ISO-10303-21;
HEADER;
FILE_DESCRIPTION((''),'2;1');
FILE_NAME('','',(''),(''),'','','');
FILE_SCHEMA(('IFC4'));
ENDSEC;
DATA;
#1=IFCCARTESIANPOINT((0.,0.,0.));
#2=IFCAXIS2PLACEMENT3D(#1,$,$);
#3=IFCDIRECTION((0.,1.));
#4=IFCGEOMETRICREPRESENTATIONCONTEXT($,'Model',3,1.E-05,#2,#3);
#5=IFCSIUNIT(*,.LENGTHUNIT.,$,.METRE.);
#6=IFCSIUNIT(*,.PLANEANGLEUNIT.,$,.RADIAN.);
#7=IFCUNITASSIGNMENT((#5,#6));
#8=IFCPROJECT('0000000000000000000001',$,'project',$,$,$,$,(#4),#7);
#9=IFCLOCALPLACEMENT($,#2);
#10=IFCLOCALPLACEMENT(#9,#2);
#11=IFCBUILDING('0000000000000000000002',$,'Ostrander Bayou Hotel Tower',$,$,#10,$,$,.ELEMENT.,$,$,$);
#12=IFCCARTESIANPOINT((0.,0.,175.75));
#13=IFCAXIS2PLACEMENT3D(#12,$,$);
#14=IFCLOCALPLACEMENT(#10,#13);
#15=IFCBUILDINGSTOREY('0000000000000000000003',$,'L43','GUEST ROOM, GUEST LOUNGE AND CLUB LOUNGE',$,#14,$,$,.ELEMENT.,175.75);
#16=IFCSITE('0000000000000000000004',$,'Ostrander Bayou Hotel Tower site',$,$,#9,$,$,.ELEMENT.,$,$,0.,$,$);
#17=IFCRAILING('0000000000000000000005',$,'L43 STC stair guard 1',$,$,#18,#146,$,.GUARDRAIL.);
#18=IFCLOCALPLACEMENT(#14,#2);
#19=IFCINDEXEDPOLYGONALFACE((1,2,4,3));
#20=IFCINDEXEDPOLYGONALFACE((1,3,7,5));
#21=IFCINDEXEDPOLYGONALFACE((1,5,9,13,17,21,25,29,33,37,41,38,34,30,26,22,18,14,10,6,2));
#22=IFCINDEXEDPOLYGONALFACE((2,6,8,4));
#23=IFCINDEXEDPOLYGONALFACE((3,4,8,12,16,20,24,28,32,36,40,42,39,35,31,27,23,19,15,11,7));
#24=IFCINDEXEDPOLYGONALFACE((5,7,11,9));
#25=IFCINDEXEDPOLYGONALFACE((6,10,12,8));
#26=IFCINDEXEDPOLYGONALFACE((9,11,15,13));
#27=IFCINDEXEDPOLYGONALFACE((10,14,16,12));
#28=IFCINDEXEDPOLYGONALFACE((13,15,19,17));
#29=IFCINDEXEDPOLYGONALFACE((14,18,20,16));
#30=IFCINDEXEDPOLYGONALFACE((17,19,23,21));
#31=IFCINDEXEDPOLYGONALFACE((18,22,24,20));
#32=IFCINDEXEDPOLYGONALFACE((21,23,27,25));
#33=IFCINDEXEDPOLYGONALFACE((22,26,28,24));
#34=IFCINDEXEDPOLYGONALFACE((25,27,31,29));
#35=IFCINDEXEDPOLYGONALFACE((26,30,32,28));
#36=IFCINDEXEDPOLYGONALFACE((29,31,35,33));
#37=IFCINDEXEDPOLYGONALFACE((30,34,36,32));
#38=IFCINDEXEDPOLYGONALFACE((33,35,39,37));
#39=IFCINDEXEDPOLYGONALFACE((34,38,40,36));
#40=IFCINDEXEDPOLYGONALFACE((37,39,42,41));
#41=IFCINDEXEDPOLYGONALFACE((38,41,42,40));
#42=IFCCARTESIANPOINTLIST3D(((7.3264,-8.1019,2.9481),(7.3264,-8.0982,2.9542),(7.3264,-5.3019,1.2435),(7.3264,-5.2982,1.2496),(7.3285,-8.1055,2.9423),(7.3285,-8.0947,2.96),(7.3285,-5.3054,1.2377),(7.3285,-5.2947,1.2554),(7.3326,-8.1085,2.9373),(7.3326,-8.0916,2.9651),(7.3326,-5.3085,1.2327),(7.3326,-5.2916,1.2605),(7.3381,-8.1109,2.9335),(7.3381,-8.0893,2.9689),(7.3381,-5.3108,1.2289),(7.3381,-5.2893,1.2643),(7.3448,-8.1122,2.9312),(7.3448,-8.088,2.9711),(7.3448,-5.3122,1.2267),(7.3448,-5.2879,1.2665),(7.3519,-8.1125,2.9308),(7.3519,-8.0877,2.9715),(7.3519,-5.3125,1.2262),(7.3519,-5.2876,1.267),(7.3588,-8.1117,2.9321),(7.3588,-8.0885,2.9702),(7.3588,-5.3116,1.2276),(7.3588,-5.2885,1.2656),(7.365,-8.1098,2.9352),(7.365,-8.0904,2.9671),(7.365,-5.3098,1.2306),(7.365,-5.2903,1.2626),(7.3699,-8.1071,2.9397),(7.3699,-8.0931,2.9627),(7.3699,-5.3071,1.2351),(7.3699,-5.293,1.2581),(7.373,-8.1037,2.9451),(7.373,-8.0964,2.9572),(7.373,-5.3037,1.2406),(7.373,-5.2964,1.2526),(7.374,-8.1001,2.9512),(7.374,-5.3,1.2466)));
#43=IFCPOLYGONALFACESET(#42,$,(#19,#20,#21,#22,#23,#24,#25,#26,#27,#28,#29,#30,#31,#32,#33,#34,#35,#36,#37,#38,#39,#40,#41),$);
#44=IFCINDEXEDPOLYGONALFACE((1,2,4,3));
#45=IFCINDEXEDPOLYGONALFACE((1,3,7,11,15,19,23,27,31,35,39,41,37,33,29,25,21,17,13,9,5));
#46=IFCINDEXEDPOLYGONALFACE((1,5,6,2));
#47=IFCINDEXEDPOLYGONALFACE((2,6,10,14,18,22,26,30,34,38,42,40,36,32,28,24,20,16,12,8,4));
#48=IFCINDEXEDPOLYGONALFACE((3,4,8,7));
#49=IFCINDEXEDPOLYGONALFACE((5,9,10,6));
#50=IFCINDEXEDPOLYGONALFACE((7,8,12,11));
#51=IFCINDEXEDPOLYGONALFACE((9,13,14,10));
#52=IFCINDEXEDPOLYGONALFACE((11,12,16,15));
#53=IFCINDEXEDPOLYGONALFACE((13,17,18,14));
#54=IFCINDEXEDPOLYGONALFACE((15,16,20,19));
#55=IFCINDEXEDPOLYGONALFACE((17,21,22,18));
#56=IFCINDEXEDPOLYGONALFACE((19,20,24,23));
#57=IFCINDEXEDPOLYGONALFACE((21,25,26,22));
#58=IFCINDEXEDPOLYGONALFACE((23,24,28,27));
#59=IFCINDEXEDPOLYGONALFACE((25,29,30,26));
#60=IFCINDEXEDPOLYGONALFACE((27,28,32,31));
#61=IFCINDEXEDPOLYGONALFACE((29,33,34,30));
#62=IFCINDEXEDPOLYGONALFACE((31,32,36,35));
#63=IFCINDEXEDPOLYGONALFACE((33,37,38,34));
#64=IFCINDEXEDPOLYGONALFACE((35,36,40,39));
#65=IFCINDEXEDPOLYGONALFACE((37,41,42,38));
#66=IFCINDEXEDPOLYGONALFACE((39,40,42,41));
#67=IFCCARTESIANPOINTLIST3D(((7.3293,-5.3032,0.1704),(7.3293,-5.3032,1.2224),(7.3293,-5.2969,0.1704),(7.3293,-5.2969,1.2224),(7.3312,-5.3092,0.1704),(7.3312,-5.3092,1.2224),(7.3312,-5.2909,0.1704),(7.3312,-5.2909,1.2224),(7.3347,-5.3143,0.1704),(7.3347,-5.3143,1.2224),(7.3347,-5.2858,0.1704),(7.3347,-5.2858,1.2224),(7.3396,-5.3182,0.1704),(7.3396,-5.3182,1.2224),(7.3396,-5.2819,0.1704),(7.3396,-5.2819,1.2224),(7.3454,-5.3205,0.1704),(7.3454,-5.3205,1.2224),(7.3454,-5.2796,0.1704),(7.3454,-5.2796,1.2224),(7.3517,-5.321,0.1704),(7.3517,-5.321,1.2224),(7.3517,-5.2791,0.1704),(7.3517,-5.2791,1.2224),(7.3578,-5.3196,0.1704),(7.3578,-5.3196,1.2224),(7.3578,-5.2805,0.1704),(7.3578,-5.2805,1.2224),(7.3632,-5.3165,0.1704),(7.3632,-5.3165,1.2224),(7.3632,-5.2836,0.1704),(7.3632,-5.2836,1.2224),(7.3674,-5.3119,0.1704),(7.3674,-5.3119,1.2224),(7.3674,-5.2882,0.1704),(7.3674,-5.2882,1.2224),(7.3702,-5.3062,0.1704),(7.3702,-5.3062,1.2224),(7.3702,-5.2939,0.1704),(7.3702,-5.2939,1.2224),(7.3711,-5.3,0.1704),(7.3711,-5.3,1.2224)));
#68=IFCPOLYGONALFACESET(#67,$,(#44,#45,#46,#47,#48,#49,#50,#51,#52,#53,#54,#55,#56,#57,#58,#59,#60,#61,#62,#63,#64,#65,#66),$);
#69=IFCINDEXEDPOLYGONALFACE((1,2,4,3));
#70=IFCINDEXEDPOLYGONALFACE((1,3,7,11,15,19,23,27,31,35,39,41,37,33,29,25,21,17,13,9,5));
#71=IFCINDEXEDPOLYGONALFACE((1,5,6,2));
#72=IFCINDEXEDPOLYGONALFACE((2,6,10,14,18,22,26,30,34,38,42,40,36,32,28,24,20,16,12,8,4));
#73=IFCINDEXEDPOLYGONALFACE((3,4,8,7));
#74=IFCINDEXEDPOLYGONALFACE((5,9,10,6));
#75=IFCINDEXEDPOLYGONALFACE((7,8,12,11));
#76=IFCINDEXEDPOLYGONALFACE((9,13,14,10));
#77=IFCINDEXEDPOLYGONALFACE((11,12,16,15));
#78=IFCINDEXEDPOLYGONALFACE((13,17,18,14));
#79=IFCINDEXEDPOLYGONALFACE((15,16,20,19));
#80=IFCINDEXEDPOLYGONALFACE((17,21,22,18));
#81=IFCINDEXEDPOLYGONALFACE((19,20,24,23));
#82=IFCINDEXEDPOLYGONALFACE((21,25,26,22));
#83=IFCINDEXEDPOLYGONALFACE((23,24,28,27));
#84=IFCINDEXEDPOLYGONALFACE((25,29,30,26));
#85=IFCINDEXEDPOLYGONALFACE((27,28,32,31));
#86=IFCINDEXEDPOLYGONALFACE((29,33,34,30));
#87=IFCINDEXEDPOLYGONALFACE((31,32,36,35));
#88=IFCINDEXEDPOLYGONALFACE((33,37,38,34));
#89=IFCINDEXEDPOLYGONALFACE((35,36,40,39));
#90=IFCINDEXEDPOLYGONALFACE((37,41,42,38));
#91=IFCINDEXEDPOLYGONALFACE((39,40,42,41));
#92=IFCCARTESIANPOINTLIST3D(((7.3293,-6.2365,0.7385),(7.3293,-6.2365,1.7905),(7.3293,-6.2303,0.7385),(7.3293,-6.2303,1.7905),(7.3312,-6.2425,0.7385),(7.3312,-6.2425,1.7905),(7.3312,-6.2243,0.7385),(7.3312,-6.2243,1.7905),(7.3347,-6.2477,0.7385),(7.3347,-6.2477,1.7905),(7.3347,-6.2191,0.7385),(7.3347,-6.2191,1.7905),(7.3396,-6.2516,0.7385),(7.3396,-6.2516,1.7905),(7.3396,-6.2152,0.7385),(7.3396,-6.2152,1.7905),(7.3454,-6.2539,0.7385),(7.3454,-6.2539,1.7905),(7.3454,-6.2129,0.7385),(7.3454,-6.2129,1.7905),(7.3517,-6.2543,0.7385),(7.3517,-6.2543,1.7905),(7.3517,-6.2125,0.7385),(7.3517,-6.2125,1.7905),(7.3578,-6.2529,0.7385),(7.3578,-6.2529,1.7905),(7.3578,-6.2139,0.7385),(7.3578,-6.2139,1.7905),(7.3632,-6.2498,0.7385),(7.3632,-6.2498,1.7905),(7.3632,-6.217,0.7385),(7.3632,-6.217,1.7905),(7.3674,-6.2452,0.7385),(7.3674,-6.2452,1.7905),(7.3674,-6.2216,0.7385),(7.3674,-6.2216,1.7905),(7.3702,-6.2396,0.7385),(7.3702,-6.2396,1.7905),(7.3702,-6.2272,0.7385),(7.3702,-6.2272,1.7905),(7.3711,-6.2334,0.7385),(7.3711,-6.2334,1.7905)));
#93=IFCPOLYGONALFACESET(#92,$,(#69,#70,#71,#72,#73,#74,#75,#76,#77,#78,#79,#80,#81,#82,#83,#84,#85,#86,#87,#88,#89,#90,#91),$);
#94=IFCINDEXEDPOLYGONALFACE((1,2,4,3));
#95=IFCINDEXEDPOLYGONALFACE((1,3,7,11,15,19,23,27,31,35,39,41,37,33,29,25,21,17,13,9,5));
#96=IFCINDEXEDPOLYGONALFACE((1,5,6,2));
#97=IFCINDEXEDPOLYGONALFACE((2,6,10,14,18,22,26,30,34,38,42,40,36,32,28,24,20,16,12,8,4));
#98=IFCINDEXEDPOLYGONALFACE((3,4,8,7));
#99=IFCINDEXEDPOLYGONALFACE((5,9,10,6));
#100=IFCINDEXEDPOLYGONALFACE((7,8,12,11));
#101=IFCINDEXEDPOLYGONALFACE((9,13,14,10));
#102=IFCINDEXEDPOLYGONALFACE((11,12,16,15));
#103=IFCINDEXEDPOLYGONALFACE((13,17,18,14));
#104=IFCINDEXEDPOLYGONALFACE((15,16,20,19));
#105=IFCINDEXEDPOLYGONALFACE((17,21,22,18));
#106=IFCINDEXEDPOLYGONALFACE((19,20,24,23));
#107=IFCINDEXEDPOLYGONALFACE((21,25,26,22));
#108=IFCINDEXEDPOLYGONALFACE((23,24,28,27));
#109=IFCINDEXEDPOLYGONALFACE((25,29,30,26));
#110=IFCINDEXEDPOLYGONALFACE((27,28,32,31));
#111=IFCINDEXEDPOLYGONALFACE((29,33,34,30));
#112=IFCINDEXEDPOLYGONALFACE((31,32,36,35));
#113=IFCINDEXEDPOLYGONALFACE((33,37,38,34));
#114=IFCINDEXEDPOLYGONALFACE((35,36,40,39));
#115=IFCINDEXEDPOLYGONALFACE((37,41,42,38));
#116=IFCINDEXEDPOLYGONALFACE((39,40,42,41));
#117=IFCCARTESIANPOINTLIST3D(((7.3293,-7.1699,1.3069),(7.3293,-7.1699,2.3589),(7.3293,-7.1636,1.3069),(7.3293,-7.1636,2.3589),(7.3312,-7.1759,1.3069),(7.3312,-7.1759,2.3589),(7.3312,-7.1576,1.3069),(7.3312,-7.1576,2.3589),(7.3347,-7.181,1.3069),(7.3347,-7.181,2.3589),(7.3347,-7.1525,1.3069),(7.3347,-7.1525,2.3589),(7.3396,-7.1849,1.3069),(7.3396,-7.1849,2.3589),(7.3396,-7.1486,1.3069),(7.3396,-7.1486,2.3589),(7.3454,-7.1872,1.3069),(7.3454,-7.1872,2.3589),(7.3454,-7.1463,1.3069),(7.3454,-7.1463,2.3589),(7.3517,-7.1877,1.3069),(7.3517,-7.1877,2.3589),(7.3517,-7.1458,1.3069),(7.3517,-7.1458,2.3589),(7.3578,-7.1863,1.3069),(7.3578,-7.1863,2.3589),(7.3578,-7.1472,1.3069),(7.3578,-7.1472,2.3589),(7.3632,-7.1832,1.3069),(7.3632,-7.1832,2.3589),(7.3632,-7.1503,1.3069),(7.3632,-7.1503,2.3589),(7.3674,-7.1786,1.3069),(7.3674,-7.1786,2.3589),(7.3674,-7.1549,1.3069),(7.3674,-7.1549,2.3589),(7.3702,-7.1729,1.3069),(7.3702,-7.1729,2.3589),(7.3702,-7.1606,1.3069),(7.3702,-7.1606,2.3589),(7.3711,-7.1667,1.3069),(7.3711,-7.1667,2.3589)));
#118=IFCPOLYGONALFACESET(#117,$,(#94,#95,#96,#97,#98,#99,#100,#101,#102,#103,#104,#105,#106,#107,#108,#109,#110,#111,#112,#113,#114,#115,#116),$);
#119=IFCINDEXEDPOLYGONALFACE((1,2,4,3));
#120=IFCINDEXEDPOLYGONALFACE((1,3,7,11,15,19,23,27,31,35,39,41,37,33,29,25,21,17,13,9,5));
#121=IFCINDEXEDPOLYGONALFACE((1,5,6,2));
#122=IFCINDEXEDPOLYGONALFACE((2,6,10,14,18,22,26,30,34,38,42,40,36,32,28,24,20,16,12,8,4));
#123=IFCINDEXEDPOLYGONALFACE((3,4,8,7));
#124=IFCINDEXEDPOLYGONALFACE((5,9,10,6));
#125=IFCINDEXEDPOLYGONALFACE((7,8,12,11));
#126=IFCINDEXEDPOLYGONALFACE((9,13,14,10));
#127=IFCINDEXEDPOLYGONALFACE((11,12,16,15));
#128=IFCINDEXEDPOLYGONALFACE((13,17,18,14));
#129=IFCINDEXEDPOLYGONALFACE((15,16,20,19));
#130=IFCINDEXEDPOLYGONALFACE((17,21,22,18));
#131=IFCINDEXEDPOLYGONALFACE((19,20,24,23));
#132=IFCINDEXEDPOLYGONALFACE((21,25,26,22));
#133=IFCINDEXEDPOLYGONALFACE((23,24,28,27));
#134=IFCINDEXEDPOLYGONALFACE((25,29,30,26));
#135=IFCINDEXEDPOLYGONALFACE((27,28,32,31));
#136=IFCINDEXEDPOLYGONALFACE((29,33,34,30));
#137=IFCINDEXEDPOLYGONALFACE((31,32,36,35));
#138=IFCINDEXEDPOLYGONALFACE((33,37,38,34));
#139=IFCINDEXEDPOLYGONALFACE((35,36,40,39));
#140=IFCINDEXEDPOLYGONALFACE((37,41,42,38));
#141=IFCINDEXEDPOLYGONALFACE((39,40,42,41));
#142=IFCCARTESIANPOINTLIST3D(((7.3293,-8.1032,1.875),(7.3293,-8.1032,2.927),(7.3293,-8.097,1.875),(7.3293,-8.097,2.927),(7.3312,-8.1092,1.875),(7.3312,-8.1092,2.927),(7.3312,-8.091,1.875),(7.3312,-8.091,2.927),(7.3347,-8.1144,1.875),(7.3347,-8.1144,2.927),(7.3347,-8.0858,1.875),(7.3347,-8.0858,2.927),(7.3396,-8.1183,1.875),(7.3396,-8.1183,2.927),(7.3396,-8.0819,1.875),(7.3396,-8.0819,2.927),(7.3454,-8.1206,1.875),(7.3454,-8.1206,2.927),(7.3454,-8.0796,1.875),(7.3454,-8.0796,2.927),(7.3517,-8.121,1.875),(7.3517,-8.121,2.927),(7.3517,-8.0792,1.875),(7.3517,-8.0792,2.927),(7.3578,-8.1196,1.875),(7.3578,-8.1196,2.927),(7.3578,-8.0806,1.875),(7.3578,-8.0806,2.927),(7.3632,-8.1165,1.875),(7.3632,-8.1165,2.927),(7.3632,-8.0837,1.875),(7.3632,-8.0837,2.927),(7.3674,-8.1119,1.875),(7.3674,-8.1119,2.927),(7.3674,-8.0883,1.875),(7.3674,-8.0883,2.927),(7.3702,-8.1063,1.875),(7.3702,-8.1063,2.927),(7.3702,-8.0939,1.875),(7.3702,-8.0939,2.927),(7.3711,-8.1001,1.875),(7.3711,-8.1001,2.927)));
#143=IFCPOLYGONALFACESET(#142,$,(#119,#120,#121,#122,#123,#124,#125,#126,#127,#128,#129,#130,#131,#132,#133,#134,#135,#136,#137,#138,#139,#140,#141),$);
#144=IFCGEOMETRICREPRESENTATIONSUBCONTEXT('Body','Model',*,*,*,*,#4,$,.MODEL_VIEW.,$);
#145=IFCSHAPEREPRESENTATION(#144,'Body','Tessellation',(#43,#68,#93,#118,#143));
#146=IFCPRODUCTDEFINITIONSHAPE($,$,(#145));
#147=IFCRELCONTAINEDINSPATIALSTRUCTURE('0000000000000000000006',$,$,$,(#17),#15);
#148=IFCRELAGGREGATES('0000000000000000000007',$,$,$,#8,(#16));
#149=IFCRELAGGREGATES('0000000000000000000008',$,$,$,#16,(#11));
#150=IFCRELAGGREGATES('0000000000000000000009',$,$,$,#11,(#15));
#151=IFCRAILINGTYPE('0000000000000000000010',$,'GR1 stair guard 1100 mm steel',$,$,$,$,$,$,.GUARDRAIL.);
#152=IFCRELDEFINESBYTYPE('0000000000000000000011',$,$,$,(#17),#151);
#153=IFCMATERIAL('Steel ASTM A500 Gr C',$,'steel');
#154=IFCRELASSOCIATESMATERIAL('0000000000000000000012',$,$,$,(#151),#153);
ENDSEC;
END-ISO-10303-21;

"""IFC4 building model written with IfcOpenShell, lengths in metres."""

from ifc_helpers import new_model, si_unit, direction, frame, origin, origin_2d, place, context, subcontext, project, spatial, circle, extrude, material, type_object, element, save


model = new_model("IFC4")

# Units and contexts
model_context = context("Model", 3, precision=1e-05, world=origin(), true_north=direction((0.0, 1.0)))
body_context = subcontext(model_context, "Body", "Model", "MODEL_VIEW")
ifc_project = project(units=[si_unit("LENGTHUNIT", "METRE"), si_unit("PLANEANGLEUNIT", "RADIAN")], contexts=[model_context])

# Site, building, storey
site_placement = place(None, origin())
site = spatial("IfcSite", under=ifc_project, at=site_placement, Name="Ostrander Bayou Hotel Tower site", CompositionType="ELEMENT", RefElevation=0.0)
building_placement = place(site_placement, origin())
building = spatial("IfcBuilding", under=site, at=building_placement, Name="Ostrander Bayou Hotel Tower", CompositionType="ELEMENT")
storey_placement = place(building_placement, frame((0.0, 0.0, 175.75)))
storey = spatial("IfcBuildingStorey", under=building, at=storey_placement, Name="L43", Description="GUEST ROOM, GUEST LOUNGE AND CLUB LOUNGE", CompositionType="ELEMENT", Elevation=175.75)

# Railing
ifc_material_1 = material(Name="Steel ASTM A500 Gr C", Category="steel")
railing_type_1 = type_object("IfcRailingType", Name="GR1 stair guard 1100 mm steel", PredefinedType="GUARDRAIL", material=ifc_material_1)
railing_1_placement = place(storey_placement, frame((7.3501, -5.3, 0.1704)))
element("IfcRailing", 1, at=railing_1_placement, inside=storey, type_object=railing_type_1, Name="L43 STC stair guard 1", PredefinedType="GUARDRAIL", context=body_context, shape_type="SweptSolid", body=[
    extrude(circle(Radius=0.0239, at=origin_2d()), frame((0.0, 0.0, 1.0762), z_axis=(0.0, -0.85417, 0.519994), x_axis=(1.0, 0.0, 0.0)), (0.0, 0.0, 1.0), 3.2781),
    extrude(circle(Radius=0.021, at=origin_2d()), origin(), (0.0, 0.0, 1.0), 1.052),
    extrude(circle(Radius=0.021, at=origin_2d()), frame((0.0, -0.9333, 0.5681)), (0.0, 0.0, 1.0), 1.052),
    extrude(circle(Radius=0.021, at=origin_2d()), frame((0.0, -1.8667, 1.1365)), (0.0, 0.0, 1.0), 1.052),
    extrude(circle(Radius=0.021, at=origin_2d()), frame((0.0, -2.8, 1.7046)), (0.0, 0.0, 1.0), 1.052),
])

save(model, "model.ifc")
